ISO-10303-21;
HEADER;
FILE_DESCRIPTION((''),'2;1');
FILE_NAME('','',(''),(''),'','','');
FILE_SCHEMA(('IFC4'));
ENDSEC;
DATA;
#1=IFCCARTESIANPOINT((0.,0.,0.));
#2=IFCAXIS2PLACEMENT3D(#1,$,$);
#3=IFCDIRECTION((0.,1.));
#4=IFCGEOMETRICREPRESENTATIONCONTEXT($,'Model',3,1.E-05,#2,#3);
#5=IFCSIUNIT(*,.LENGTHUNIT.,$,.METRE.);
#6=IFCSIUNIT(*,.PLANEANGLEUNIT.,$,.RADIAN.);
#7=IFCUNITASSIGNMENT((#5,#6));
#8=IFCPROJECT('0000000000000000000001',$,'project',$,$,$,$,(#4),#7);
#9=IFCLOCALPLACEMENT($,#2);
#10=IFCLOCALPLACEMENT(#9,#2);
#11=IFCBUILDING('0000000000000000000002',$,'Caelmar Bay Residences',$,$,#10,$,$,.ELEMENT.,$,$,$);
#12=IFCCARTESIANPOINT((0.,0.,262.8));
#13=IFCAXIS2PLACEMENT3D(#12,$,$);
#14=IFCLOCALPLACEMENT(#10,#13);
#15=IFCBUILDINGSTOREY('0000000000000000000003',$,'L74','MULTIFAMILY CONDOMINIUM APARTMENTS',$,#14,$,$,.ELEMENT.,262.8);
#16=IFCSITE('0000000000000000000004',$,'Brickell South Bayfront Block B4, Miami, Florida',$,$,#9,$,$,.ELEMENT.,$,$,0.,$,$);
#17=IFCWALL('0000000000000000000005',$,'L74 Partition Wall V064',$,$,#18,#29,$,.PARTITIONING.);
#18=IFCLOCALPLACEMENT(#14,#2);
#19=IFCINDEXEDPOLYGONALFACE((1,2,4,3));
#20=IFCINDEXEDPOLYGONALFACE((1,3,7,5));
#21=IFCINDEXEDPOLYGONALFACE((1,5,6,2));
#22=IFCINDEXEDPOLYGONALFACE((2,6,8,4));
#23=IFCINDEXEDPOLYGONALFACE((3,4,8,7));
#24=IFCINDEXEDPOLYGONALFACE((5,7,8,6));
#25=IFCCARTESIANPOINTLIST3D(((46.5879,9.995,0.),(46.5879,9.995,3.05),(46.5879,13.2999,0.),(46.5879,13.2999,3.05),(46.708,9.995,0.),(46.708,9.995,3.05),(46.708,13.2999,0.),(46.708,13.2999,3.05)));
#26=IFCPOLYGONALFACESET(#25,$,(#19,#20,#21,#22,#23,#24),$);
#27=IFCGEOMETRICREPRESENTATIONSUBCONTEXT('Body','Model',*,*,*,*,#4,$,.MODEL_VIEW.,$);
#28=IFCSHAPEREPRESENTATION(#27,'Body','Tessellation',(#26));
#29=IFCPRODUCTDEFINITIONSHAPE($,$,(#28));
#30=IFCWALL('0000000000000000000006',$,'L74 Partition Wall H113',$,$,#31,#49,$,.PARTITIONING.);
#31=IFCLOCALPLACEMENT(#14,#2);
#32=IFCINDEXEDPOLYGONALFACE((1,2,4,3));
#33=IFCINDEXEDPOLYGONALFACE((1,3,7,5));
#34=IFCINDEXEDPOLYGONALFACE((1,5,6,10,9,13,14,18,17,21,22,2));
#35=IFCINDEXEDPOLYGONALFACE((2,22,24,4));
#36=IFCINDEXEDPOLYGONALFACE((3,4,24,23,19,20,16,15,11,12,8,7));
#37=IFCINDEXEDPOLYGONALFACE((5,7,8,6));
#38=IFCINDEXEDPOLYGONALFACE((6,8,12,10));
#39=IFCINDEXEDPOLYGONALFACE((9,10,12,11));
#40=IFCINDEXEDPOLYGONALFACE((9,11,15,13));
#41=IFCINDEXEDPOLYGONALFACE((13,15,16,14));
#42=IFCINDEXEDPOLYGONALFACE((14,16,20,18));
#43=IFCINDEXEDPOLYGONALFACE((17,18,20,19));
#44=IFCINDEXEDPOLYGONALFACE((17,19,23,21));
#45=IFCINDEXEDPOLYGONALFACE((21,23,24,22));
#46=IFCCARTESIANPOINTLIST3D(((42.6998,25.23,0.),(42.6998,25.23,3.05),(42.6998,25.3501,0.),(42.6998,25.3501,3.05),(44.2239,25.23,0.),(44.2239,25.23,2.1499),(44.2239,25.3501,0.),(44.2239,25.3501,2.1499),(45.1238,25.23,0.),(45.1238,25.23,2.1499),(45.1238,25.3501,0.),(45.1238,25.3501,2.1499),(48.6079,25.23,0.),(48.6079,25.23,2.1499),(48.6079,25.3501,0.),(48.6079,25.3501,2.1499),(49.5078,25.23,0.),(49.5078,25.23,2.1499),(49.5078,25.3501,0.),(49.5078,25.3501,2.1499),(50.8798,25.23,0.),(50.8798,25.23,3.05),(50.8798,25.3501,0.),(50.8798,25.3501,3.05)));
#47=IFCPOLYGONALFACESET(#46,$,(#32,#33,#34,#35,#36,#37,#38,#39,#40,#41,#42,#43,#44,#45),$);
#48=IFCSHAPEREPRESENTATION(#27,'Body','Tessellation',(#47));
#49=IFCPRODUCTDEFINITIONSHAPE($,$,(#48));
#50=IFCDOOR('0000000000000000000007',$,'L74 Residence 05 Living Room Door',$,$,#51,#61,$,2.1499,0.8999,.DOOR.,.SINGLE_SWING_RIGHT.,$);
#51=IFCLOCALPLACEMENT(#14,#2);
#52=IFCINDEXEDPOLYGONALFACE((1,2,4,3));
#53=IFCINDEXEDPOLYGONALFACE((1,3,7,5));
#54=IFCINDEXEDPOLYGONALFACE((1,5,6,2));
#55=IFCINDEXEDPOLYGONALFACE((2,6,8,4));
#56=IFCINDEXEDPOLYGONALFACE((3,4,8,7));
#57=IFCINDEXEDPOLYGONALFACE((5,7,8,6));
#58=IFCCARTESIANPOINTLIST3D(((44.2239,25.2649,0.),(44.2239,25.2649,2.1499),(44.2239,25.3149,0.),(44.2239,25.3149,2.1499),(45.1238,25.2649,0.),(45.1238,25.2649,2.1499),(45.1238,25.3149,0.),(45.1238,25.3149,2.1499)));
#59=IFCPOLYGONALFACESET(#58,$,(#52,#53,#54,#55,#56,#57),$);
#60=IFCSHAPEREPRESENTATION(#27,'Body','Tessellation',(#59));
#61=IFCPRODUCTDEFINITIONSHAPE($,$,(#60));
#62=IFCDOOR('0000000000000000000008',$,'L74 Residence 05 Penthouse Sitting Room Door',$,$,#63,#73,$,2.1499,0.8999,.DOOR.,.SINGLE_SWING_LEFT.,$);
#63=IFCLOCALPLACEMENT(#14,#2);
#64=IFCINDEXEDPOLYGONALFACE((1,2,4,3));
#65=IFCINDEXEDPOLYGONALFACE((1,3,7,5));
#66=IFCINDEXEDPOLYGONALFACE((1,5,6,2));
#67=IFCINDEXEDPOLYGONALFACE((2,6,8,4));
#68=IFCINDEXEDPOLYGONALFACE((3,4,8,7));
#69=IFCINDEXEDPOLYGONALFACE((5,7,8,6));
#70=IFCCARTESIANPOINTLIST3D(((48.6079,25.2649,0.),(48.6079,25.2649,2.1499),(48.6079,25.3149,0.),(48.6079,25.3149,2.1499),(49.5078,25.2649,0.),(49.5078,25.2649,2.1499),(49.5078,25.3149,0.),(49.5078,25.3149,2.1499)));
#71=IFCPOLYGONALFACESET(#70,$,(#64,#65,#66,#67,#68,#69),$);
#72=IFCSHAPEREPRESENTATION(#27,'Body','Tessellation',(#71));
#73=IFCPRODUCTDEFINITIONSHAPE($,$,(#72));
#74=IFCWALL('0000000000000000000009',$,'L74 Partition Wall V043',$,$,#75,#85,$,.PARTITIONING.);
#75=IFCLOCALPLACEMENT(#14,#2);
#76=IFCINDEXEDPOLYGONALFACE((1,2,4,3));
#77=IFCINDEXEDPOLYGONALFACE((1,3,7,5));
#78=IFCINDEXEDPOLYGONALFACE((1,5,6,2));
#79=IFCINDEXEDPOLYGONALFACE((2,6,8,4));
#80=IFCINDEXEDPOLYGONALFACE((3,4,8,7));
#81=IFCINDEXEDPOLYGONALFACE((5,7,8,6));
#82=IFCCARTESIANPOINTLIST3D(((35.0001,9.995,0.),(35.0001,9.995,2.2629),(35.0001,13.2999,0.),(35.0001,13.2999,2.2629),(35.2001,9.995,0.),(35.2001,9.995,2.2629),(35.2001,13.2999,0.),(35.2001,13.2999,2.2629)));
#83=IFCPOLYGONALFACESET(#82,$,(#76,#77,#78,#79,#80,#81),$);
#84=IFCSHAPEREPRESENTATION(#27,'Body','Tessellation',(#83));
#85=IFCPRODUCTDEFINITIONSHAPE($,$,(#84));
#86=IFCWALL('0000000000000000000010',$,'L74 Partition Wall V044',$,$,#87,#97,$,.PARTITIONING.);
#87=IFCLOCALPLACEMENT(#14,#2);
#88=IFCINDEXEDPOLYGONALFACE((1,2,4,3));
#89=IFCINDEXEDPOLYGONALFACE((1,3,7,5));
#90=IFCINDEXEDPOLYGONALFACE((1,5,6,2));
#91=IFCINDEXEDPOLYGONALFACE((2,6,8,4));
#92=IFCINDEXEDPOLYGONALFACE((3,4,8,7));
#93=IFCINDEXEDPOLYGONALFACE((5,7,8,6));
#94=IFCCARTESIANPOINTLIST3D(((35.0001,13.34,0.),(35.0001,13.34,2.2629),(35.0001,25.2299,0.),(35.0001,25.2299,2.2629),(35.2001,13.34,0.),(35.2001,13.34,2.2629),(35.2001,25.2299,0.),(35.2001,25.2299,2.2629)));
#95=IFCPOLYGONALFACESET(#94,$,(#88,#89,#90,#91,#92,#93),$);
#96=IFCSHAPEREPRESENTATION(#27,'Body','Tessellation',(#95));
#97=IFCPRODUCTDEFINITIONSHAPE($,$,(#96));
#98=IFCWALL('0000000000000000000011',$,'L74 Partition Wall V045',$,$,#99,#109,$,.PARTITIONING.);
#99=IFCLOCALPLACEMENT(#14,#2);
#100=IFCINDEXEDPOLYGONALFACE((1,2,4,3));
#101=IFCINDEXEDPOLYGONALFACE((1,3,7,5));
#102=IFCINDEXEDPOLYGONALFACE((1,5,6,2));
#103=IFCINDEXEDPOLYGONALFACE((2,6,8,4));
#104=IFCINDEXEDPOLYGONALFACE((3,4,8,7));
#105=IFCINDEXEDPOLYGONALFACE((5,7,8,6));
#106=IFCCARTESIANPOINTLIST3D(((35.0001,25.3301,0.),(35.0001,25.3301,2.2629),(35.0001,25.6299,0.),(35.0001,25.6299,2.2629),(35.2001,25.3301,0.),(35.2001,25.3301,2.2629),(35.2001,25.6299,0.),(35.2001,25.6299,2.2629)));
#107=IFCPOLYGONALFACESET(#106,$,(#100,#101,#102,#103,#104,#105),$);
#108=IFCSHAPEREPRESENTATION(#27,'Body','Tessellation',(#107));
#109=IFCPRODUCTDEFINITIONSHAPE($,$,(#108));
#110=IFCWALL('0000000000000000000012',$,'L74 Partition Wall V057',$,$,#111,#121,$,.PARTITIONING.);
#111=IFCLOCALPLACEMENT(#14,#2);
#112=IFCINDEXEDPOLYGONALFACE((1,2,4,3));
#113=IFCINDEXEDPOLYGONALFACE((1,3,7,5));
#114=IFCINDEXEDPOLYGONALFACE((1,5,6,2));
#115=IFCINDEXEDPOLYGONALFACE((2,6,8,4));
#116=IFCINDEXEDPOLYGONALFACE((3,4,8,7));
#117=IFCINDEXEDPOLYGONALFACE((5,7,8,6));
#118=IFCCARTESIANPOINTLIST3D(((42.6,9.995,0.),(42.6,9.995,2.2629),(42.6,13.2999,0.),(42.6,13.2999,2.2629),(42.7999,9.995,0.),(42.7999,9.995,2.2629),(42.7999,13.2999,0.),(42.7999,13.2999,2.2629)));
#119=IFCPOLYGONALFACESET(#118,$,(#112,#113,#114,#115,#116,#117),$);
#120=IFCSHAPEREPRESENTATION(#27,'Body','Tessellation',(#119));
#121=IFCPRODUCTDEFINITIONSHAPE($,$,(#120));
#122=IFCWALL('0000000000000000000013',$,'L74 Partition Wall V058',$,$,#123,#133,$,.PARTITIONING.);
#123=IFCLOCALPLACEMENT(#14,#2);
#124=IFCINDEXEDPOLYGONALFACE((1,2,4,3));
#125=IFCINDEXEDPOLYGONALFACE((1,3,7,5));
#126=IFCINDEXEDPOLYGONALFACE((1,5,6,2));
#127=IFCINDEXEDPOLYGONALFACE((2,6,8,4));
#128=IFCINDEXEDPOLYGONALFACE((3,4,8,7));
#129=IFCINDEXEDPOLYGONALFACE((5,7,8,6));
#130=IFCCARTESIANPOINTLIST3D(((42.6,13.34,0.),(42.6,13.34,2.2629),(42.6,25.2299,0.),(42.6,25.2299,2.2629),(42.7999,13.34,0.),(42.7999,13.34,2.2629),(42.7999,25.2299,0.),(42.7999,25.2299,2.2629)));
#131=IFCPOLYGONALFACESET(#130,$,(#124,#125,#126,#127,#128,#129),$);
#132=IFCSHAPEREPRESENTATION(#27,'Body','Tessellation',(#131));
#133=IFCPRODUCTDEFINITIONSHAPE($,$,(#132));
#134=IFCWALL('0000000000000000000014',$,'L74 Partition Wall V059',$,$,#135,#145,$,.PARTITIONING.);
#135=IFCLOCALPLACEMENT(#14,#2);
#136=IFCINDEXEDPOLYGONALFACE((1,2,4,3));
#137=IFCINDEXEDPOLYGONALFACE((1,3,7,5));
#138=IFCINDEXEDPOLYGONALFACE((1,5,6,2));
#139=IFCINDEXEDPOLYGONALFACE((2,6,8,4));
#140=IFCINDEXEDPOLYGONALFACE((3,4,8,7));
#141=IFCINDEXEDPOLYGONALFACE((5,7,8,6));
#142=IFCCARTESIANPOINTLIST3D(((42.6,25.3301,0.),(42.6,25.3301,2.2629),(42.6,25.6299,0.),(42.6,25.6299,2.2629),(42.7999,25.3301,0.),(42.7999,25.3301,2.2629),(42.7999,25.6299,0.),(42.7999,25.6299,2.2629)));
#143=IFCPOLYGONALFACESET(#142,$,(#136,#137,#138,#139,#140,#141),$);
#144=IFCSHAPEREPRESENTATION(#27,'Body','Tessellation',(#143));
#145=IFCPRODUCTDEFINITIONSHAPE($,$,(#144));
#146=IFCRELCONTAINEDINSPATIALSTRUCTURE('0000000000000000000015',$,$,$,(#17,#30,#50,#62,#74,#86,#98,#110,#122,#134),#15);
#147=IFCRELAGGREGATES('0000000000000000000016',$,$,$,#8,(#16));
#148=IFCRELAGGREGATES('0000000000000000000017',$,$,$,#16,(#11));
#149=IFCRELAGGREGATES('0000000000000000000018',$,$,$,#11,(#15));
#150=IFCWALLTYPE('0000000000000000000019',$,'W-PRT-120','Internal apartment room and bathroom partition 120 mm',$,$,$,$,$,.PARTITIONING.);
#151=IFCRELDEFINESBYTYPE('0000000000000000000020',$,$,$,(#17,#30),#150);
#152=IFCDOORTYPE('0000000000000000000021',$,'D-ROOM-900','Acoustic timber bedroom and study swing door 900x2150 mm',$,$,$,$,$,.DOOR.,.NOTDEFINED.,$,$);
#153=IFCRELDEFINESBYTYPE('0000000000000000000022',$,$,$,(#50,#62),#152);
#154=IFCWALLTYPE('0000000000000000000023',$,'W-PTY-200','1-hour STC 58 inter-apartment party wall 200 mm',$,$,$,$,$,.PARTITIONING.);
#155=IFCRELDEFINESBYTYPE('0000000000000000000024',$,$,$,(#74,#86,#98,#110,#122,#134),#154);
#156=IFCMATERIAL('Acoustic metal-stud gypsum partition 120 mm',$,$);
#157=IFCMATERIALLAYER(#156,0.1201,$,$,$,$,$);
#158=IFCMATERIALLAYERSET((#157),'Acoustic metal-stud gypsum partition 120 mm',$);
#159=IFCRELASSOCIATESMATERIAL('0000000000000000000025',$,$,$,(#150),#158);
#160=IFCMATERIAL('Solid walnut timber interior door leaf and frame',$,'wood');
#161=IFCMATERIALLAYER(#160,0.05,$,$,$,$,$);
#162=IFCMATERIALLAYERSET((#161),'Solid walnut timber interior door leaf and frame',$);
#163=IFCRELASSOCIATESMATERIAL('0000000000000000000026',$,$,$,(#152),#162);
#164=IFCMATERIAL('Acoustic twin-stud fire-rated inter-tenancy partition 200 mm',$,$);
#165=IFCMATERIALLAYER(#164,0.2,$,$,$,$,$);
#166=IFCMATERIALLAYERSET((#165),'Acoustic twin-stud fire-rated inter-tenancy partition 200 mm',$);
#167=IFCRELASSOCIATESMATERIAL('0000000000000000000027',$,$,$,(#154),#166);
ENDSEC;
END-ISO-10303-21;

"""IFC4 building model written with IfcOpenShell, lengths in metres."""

from ifc_helpers import new_model, si_unit, direction, frame, frame_2d, origin, place, context, subcontext, project, spatial, rectangle, extrude, material, layer, layer_set, type_object, element, fill, save


model = new_model("IFC4")

# Units and contexts
model_context = context("Model", 3, precision=1e-05, world=origin(), true_north=direction((0.0, 1.0)))
body_context = subcontext(model_context, "Body", "Model", "MODEL_VIEW")
ifc_project = project(units=[si_unit("LENGTHUNIT", "METRE"), si_unit("PLANEANGLEUNIT", "RADIAN")], contexts=[model_context])

# Site, building, storey
site_placement = place(None, origin())
site = spatial("IfcSite", under=ifc_project, at=site_placement, Name="Brickell South Bayfront Block B4, Miami, Florida", CompositionType="ELEMENT", RefElevation=0.0)
building_placement = place(site_placement, origin())
building = spatial("IfcBuilding", under=site, at=building_placement, Name="Caelmar Bay Residences", CompositionType="ELEMENT")
storey_placement = place(building_placement, frame((0.0, 0.0, 262.8)))
storey = spatial("IfcBuildingStorey", under=building, at=storey_placement, Name="L74", Description="MULTIFAMILY CONDOMINIUM APARTMENTS", CompositionType="ELEMENT", Elevation=262.8)

# Wall
ifc_material_1 = material(Name="Acoustic metal-stud gypsum partition 120 mm")
ifc_layer_1 = layer(ifc_material_1, 0.1201)
ifc_layer_set_1 = layer_set([ifc_layer_1], Name="Acoustic metal-stud gypsum partition 120 mm")
wall_type_1 = type_object("IfcWallType", Name="W-PRT-120", Description="Internal apartment room and bathroom partition 120 mm", PredefinedType="PARTITIONING", material=ifc_layer_set_1)
wall_1_placement = place(storey_placement, frame((46.6479, 9.9951, 0.0), z_axis=(0.0, 0.0, 1.0), x_axis=(0.0, 1.0, 0.0)))
element("IfcWall", 1, at=wall_1_placement, inside=storey, type_object=wall_type_1, Name="L74 Partition Wall V064", PredefinedType="PARTITIONING", context=body_context, shape_type="SweptSolid", body=[
    extrude(rectangle(XDim=3.3049, YDim=0.1201, at=frame_2d((1.6523, 0.0))), origin(), (0.0, 0.0, 1.0), 3.05),
])

# Wall, openings, doors
wall_2_placement = place(storey_placement, frame((42.7, 25.29, 0.0), z_axis=(0.0, 0.0, 1.0), x_axis=(1.0, 0.0, 0.0)))
wall_2 = element("IfcWall", 2, at=wall_2_placement, inside=storey, type_object=wall_type_1, Name="L74 Partition Wall H113", PredefinedType="PARTITIONING", context=body_context, shape_type="SweptSolid", body=[
    extrude(rectangle(XDim=8.1799, YDim=0.1201, at=frame_2d((4.0898, 0.0))), origin(), (0.0, 0.0, 1.0), 3.05),
])
opening_1_placement = place(wall_2_placement, frame((1.5239, 0.0, 0.0)))
opening_1 = element("IfcOpeningElement", 3, at=opening_1_placement, cuts=wall_2, PredefinedType="OPENING", context=body_context, shape_type="SweptSolid", body=[
    extrude(rectangle(XDim=0.8999, YDim=2.1499, at=frame_2d((0.45, 1.075))), frame((0.0, 0.0701, 0.0), z_axis=(0.0, -1.0, 0.0), x_axis=(1.0, 0.0, 0.0)), (0.0, 0.0, 1.0), 0.1401),
])
opening_2_placement = place(wall_2_placement, frame((5.908, 0.0, 0.0)))
opening_2 = element("IfcOpeningElement", 4, at=opening_2_placement, cuts=wall_2, PredefinedType="OPENING", context=body_context, shape_type="SweptSolid", body=[
    extrude(rectangle(XDim=0.8999, YDim=2.1499, at=frame_2d((0.45, 1.075))), frame((0.0, 0.0701, 0.0), z_axis=(0.0, -1.0, 0.0), x_axis=(1.0, 0.0, 0.0)), (0.0, 0.0, 1.0), 0.1401),
])
ifc_material_2 = material(Name="Solid walnut timber interior door leaf and frame", Category="wood")
ifc_layer_2 = layer(ifc_material_2, 0.05)
ifc_layer_set_2 = layer_set([ifc_layer_2], Name="Solid walnut timber interior door leaf and frame")
door_type = type_object("IfcDoorType", Name="D-ROOM-900", Description="Acoustic timber bedroom and study swing door 900x2150 mm", OperationType="NOTDEFINED", PredefinedType="DOOR", material=ifc_layer_set_2)
door_1_placement = place(opening_1_placement, origin())
door_1 = element("IfcDoor", 5, at=door_1_placement, inside=storey, type_object=door_type, Name="L74 Residence 05 Living Room Door", OperationType="SINGLE_SWING_RIGHT", OverallHeight=2.1499, OverallWidth=0.8999, PredefinedType="DOOR", context=body_context, shape_type="SweptSolid", body=[
    extrude(rectangle(XDim=0.8999, YDim=2.1499, at=frame_2d((0.45, 1.075))), frame((0.0, 0.0249, 0.0), z_axis=(0.0, -1.0, 0.0), x_axis=(1.0, 0.0, 0.0)), (0.0, 0.0, 1.0), 0.05),
])
fill(opening_1, door_1)
door_2_placement = place(opening_2_placement, origin())
door_2 = element("IfcDoor", 6, at=door_2_placement, inside=storey, type_object=door_type, Name="L74 Residence 05 Penthouse Sitting Room Door", OperationType="SINGLE_SWING_LEFT", OverallHeight=2.1499, OverallWidth=0.8999, PredefinedType="DOOR", context=body_context, shape_type="SweptSolid", body=[
    extrude(rectangle(XDim=0.8999, YDim=2.1499, at=frame_2d((0.45, 1.075))), frame((0.0, 0.0249, 0.0), z_axis=(0.0, -1.0, 0.0), x_axis=(1.0, 0.0, 0.0)), (0.0, 0.0, 1.0), 0.05),
])
fill(opening_2, door_2)

# Walls
ifc_material_3 = material(Name="Acoustic twin-stud fire-rated inter-tenancy partition 200 mm")
ifc_layer_3 = layer(ifc_material_3, 0.2)
ifc_layer_set_3 = layer_set([ifc_layer_3], Name="Acoustic twin-stud fire-rated inter-tenancy partition 200 mm")
wall_type_2 = type_object("IfcWallType", Name="W-PTY-200", Description="1-hour STC 58 inter-apartment party wall 200 mm", PredefinedType="PARTITIONING", material=ifc_layer_set_3)
wall_3_placement = place(storey_placement, frame((35.1001, 9.9951, 0.0), z_axis=(0.0, 0.0, 1.0), x_axis=(0.0, 1.0, 0.0)))
element("IfcWall", 7, at=wall_3_placement, inside=storey, type_object=wall_type_2, Name="L74 Partition Wall V043", PredefinedType="PARTITIONING", context=body_context, shape_type="SweptSolid", body=[
    extrude(rectangle(XDim=3.3049, YDim=0.2, at=frame_2d((1.6523, 0.0))), origin(), (0.0, 0.0, 1.0), 2.2629),
])
wall_4_placement = place(storey_placement, frame((35.1001, 13.3401, 0.0), z_axis=(0.0, 0.0, 1.0), x_axis=(0.0, 1.0, 0.0)))
element("IfcWall", 8, at=wall_4_placement, inside=storey, type_object=wall_type_2, Name="L74 Partition Wall V044", PredefinedType="PARTITIONING", context=body_context, shape_type="SweptSolid", body=[
    extrude(rectangle(XDim=11.8899, YDim=0.2, at=frame_2d((5.9448, 0.0))), origin(), (0.0, 0.0, 1.0), 2.2629),
])
wall_5_placement = place(storey_placement, frame((35.1001, 25.3301, 0.0), z_axis=(0.0, 0.0, 1.0), x_axis=(0.0, 1.0, 0.0)))
element("IfcWall", 9, at=wall_5_placement, inside=storey, type_object=wall_type_2, Name="L74 Partition Wall V045", PredefinedType="PARTITIONING", context=body_context, shape_type="SweptSolid", body=[
    extrude(rectangle(XDim=0.2998, YDim=0.2, at=frame_2d((0.1499, 0.0))), origin(), (0.0, 0.0, 1.0), 2.2629),
])
wall_6_placement = place(storey_placement, frame((42.7, 9.9951, 0.0), z_axis=(0.0, 0.0, 1.0), x_axis=(0.0, 1.0, 0.0)))
element("IfcWall", 10, at=wall_6_placement, inside=storey, type_object=wall_type_2, Name="L74 Partition Wall V057", PredefinedType="PARTITIONING", context=body_context, shape_type="SweptSolid", body=[
    extrude(rectangle(XDim=3.3049, YDim=0.2, at=frame_2d((1.6523, 0.0))), origin(), (0.0, 0.0, 1.0), 2.2629),
])
wall_7_placement = place(storey_placement, frame((42.7, 13.3401, 0.0), z_axis=(0.0, 0.0, 1.0), x_axis=(0.0, 1.0, 0.0)))
element("IfcWall", 11, at=wall_7_placement, inside=storey, type_object=wall_type_2, Name="L74 Partition Wall V058", PredefinedType="PARTITIONING", context=body_context, shape_type="SweptSolid", body=[
    extrude(rectangle(XDim=11.8899, YDim=0.2, at=frame_2d((5.9448, 0.0))), origin(), (0.0, 0.0, 1.0), 2.2629),
])
wall_8_placement = place(storey_placement, frame((42.7, 25.3301, 0.0), z_axis=(0.0, 0.0, 1.0), x_axis=(0.0, 1.0, 0.0)))
element("IfcWall", 12, at=wall_8_placement, inside=storey, type_object=wall_type_2, Name="L74 Partition Wall V059", PredefinedType="PARTITIONING", context=body_context, shape_type="SweptSolid", body=[
    extrude(rectangle(XDim=0.2998, YDim=0.2, at=frame_2d((0.1499, 0.0))), origin(), (0.0, 0.0, 1.0), 2.2629),
])

save(model, "model.ifc")
